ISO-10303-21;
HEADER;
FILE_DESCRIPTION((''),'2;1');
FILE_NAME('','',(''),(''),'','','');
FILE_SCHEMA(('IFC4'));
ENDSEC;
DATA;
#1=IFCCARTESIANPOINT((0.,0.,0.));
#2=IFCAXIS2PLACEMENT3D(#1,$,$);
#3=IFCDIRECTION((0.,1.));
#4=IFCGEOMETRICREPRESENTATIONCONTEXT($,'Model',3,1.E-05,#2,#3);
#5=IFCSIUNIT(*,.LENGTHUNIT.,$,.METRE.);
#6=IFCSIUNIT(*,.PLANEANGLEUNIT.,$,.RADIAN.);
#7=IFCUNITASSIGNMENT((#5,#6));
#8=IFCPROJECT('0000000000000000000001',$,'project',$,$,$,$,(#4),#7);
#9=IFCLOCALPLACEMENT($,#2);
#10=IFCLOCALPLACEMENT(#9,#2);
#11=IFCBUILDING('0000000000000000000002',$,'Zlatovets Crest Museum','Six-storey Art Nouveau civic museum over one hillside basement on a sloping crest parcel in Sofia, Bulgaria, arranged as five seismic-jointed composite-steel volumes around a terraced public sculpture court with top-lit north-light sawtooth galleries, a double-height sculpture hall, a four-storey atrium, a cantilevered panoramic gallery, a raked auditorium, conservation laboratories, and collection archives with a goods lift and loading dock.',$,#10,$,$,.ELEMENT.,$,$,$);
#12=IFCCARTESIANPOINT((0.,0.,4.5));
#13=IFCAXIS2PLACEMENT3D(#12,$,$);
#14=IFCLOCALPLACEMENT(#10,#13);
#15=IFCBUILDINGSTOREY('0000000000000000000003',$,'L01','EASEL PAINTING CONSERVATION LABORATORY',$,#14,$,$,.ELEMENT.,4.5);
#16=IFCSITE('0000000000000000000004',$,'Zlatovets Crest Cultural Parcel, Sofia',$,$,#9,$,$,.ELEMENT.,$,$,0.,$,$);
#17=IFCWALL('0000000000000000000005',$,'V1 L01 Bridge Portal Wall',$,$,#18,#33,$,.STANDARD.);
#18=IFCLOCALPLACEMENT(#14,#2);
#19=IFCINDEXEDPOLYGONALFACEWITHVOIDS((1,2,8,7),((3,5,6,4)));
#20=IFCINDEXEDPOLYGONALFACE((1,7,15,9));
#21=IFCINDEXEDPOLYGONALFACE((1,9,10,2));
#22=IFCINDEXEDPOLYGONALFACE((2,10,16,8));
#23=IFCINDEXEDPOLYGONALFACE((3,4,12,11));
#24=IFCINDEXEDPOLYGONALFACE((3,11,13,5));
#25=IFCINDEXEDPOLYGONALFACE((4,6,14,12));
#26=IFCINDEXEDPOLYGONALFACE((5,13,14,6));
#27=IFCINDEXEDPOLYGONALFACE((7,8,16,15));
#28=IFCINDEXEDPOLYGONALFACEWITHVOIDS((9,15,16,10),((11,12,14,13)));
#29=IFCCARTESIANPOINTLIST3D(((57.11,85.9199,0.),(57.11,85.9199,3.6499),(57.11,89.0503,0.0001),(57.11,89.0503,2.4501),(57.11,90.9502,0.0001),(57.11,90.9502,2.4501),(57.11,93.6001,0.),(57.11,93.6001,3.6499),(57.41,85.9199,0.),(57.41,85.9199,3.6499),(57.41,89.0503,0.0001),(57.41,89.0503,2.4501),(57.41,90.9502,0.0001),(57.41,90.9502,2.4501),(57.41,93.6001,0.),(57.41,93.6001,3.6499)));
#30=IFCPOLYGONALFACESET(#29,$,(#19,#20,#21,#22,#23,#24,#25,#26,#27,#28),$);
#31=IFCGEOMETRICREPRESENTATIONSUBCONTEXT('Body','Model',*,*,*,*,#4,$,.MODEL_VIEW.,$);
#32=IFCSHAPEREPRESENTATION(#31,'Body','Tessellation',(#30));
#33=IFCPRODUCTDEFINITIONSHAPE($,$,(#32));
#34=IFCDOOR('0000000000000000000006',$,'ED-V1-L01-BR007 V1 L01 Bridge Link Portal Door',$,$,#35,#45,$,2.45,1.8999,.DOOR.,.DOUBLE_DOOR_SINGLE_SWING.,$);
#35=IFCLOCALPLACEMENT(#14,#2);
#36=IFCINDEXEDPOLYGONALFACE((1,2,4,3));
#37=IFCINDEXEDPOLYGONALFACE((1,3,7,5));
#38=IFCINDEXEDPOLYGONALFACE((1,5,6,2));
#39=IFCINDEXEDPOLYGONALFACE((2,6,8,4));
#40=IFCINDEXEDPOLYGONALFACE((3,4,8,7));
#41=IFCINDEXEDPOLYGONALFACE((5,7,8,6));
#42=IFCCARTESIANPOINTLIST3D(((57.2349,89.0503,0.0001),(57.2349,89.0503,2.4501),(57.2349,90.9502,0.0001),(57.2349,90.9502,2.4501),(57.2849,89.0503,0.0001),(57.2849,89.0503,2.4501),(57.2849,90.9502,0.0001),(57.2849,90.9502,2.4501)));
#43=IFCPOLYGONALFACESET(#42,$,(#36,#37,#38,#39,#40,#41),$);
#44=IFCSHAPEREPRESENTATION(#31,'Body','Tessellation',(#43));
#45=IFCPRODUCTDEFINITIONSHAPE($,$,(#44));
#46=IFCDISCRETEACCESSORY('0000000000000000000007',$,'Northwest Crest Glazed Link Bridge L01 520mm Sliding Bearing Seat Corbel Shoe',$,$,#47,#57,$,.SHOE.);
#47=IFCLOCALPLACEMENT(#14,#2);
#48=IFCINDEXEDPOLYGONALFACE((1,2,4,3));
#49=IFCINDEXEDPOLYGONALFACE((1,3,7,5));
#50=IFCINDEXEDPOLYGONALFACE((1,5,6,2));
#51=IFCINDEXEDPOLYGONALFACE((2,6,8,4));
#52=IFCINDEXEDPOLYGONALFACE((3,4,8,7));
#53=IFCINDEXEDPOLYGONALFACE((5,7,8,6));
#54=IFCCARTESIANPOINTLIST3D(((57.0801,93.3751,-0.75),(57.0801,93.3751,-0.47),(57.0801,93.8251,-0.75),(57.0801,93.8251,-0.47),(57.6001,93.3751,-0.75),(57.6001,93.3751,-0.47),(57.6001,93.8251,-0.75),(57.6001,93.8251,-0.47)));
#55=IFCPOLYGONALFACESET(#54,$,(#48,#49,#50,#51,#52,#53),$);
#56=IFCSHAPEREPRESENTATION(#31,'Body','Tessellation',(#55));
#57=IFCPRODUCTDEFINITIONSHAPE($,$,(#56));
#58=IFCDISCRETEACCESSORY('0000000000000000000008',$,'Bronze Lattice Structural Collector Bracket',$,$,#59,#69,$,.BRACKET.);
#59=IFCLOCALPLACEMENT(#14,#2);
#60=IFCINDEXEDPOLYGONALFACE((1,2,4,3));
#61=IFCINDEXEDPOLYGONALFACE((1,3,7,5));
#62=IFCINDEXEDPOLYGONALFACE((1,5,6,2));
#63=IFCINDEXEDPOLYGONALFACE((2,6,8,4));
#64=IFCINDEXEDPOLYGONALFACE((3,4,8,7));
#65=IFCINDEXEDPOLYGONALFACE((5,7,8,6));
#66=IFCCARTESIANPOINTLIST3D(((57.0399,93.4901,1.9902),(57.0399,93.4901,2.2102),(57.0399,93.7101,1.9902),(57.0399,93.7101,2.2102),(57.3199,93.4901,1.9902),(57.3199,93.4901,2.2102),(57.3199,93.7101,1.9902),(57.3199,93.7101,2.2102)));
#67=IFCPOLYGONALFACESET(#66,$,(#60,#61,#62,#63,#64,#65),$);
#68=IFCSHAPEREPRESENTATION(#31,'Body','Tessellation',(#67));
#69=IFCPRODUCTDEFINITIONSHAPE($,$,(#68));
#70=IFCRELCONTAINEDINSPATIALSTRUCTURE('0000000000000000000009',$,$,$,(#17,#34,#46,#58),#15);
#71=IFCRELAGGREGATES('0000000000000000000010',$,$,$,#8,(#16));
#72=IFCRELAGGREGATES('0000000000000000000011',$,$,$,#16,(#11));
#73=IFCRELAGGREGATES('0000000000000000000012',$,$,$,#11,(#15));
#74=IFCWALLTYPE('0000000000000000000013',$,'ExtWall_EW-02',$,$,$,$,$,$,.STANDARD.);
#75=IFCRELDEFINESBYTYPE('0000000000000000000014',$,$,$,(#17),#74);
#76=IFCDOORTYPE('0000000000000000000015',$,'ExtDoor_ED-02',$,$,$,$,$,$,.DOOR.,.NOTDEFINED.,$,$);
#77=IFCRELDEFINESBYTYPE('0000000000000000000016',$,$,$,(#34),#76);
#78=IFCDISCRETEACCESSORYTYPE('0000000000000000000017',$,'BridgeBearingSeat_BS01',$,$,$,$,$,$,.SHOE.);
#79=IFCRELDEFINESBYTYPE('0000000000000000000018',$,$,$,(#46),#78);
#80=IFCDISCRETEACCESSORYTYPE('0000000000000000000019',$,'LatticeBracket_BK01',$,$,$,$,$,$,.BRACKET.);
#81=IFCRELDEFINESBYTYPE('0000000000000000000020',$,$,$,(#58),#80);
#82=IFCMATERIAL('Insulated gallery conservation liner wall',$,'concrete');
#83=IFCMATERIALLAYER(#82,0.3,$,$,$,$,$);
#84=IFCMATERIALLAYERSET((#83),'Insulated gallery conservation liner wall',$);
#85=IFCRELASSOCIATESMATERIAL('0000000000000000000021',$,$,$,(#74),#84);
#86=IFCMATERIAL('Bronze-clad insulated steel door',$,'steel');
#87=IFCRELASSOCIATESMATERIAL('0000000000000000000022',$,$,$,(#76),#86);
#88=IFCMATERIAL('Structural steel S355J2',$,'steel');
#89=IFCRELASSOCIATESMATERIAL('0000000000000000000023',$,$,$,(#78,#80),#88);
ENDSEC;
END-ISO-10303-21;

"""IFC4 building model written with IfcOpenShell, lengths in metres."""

from ifc_helpers import new_model, si_unit, direction, frame, frame_2d, origin, origin_2d, place, context, subcontext, project, spatial, rectangle, extrude, material, layer, layer_set, type_object, element, fill, save


model = new_model("IFC4")

# Units and contexts
model_context = context("Model", 3, precision=1e-05, world=origin(), true_north=direction((0.0, 1.0)))
body_context = subcontext(model_context, "Body", "Model", "MODEL_VIEW")
ifc_project = project(units=[si_unit("LENGTHUNIT", "METRE"), si_unit("PLANEANGLEUNIT", "RADIAN")], contexts=[model_context])

# Site, building, storey
site_placement = place(None, origin())
site = spatial("IfcSite", under=ifc_project, at=site_placement, Name="Zlatovets Crest Cultural Parcel, Sofia", CompositionType="ELEMENT", RefElevation=0.0)
building_placement = place(site_placement, origin())
building = spatial("IfcBuilding", under=site, at=building_placement, Name="Zlatovets Crest Museum", Description="Six-storey Art Nouveau civic museum over one hillside basement on a sloping crest parcel in Sofia, Bulgaria, arranged as five seismic-jointed composite-steel volumes around a terraced public sculpture court with top-lit north-light sawtooth galleries, a double-height sculpture hall, a four-storey atrium, a cantilevered panoramic gallery, a raked auditorium, conservation laboratories, and collection archives with a goods lift and loading dock.", CompositionType="ELEMENT")
storey_placement = place(building_placement, frame((0.0, 0.0, 4.5)))
storey = spatial("IfcBuildingStorey", under=building, at=storey_placement, Name="L01", Description="EASEL PAINTING CONSERVATION LABORATORY", CompositionType="ELEMENT", Elevation=4.5)

# Shared definitions
ifc_material_1 = material(Name="Structural steel S355J2", Category="steel")

# Wall, opening, door
ifc_material_2 = material(Name="Insulated gallery conservation liner wall", Category="concrete")
ifc_layer_1 = layer(ifc_material_2, 0.3)
ifc_layer_set_1 = layer_set([ifc_layer_1], Name="Insulated gallery conservation liner wall")
wall_type = type_object("IfcWallType", Name="ExtWall_EW-02", PredefinedType="STANDARD", material=ifc_layer_set_1)
wall_placement = place(storey_placement, frame((57.26, 93.6001, 0.0), z_axis=(0.0, 0.0, 1.0), x_axis=(0.0, -1.0, 0.0)))
wall = element("IfcWall", 1, at=wall_placement, inside=storey, type_object=wall_type, Name="V1 L01 Bridge Portal Wall", PredefinedType="STANDARD", context=body_context, shape_type="SweptSolid", body=[
    extrude(rectangle(XDim=7.6802, YDim=0.3, at=frame_2d((3.8401, 0.0))), origin(), (0.0, 0.0, 1.0), 3.6499),
])
opening_placement = place(wall_placement, frame((2.6499, 0.0, 0.0)))
opening = element("IfcOpeningElement", 2, at=opening_placement, cuts=wall, PredefinedType="OPENING", context=body_context, shape_type="SweptSolid", body=[
    extrude(rectangle(XDim=1.8999, YDim=2.45, at=frame_2d((0.95, 1.2251))), frame((0.0, 0.1602, 0.0), z_axis=(0.0, -1.0, 0.0), x_axis=(1.0, 0.0, 0.0)), (0.0, 0.0, 1.0), 0.3201),
])
ifc_material_3 = material(Name="Bronze-clad insulated steel door", Category="steel")
door_type = type_object("IfcDoorType", Name="ExtDoor_ED-02", OperationType="NOTDEFINED", PredefinedType="DOOR", material=ifc_material_3)
door_placement = place(opening_placement, origin())
door = element("IfcDoor", 3, at=door_placement, inside=storey, type_object=door_type, Name="ED-V1-L01-BR007 V1 L01 Bridge Link Portal Door", OperationType="DOUBLE_DOOR_SINGLE_SWING", OverallHeight=2.45, OverallWidth=1.8999, PredefinedType="DOOR", context=body_context, shape_type="SweptSolid", body=[
    extrude(rectangle(XDim=1.8999, YDim=2.45, at=frame_2d((0.95, 1.2251))), frame((0.0, 0.0249, 0.0), z_axis=(0.0, -1.0, 0.0), x_axis=(1.0, 0.0, 0.0)), (0.0, 0.0, 1.0), 0.05),
])
fill(opening, door)

# Discrete accessories
discrete_accessory_type_1 = type_object("IfcDiscreteAccessoryType", Name="BridgeBearingSeat_BS01", PredefinedType="SHOE", material=ifc_material_1)
discrete_accessory_1_placement = place(storey_placement, frame((57.3401, 93.6001, -0.75), z_axis=(0.0, 0.0, 1.0), x_axis=(1.0, 0.0, 0.0)))
element("IfcDiscreteAccessory", 4, at=discrete_accessory_1_placement, inside=storey, type_object=discrete_accessory_type_1, Name="Northwest Crest Glazed Link Bridge L01 520mm Sliding Bearing Seat Corbel Shoe", PredefinedType="SHOE", context=body_context, shape_type="SweptSolid", body=[
    extrude(rectangle(XDim=0.52, YDim=0.45, at=origin_2d()), origin(), (0.0, 0.0, 1.0), 0.28),
])
discrete_accessory_type_2 = type_object("IfcDiscreteAccessoryType", Name="LatticeBracket_BK01", PredefinedType="BRACKET", material=ifc_material_1)
discrete_accessory_2_placement = place(storey_placement, frame((57.1799, 93.6001, 1.9902), z_axis=(0.0, 0.0, 1.0), x_axis=(1.0, 0.0, 0.0)))
element("IfcDiscreteAccessory", 5, at=discrete_accessory_2_placement, inside=storey, type_object=discrete_accessory_type_2, Name="Bronze Lattice Structural Collector Bracket", PredefinedType="BRACKET", context=body_context, shape_type="SweptSolid", body=[
    extrude(rectangle(XDim=0.28, YDim=0.22, at=origin_2d()), origin(), (0.0, 0.0, 1.0), 0.22),
])

save(model, "model.ifc")
